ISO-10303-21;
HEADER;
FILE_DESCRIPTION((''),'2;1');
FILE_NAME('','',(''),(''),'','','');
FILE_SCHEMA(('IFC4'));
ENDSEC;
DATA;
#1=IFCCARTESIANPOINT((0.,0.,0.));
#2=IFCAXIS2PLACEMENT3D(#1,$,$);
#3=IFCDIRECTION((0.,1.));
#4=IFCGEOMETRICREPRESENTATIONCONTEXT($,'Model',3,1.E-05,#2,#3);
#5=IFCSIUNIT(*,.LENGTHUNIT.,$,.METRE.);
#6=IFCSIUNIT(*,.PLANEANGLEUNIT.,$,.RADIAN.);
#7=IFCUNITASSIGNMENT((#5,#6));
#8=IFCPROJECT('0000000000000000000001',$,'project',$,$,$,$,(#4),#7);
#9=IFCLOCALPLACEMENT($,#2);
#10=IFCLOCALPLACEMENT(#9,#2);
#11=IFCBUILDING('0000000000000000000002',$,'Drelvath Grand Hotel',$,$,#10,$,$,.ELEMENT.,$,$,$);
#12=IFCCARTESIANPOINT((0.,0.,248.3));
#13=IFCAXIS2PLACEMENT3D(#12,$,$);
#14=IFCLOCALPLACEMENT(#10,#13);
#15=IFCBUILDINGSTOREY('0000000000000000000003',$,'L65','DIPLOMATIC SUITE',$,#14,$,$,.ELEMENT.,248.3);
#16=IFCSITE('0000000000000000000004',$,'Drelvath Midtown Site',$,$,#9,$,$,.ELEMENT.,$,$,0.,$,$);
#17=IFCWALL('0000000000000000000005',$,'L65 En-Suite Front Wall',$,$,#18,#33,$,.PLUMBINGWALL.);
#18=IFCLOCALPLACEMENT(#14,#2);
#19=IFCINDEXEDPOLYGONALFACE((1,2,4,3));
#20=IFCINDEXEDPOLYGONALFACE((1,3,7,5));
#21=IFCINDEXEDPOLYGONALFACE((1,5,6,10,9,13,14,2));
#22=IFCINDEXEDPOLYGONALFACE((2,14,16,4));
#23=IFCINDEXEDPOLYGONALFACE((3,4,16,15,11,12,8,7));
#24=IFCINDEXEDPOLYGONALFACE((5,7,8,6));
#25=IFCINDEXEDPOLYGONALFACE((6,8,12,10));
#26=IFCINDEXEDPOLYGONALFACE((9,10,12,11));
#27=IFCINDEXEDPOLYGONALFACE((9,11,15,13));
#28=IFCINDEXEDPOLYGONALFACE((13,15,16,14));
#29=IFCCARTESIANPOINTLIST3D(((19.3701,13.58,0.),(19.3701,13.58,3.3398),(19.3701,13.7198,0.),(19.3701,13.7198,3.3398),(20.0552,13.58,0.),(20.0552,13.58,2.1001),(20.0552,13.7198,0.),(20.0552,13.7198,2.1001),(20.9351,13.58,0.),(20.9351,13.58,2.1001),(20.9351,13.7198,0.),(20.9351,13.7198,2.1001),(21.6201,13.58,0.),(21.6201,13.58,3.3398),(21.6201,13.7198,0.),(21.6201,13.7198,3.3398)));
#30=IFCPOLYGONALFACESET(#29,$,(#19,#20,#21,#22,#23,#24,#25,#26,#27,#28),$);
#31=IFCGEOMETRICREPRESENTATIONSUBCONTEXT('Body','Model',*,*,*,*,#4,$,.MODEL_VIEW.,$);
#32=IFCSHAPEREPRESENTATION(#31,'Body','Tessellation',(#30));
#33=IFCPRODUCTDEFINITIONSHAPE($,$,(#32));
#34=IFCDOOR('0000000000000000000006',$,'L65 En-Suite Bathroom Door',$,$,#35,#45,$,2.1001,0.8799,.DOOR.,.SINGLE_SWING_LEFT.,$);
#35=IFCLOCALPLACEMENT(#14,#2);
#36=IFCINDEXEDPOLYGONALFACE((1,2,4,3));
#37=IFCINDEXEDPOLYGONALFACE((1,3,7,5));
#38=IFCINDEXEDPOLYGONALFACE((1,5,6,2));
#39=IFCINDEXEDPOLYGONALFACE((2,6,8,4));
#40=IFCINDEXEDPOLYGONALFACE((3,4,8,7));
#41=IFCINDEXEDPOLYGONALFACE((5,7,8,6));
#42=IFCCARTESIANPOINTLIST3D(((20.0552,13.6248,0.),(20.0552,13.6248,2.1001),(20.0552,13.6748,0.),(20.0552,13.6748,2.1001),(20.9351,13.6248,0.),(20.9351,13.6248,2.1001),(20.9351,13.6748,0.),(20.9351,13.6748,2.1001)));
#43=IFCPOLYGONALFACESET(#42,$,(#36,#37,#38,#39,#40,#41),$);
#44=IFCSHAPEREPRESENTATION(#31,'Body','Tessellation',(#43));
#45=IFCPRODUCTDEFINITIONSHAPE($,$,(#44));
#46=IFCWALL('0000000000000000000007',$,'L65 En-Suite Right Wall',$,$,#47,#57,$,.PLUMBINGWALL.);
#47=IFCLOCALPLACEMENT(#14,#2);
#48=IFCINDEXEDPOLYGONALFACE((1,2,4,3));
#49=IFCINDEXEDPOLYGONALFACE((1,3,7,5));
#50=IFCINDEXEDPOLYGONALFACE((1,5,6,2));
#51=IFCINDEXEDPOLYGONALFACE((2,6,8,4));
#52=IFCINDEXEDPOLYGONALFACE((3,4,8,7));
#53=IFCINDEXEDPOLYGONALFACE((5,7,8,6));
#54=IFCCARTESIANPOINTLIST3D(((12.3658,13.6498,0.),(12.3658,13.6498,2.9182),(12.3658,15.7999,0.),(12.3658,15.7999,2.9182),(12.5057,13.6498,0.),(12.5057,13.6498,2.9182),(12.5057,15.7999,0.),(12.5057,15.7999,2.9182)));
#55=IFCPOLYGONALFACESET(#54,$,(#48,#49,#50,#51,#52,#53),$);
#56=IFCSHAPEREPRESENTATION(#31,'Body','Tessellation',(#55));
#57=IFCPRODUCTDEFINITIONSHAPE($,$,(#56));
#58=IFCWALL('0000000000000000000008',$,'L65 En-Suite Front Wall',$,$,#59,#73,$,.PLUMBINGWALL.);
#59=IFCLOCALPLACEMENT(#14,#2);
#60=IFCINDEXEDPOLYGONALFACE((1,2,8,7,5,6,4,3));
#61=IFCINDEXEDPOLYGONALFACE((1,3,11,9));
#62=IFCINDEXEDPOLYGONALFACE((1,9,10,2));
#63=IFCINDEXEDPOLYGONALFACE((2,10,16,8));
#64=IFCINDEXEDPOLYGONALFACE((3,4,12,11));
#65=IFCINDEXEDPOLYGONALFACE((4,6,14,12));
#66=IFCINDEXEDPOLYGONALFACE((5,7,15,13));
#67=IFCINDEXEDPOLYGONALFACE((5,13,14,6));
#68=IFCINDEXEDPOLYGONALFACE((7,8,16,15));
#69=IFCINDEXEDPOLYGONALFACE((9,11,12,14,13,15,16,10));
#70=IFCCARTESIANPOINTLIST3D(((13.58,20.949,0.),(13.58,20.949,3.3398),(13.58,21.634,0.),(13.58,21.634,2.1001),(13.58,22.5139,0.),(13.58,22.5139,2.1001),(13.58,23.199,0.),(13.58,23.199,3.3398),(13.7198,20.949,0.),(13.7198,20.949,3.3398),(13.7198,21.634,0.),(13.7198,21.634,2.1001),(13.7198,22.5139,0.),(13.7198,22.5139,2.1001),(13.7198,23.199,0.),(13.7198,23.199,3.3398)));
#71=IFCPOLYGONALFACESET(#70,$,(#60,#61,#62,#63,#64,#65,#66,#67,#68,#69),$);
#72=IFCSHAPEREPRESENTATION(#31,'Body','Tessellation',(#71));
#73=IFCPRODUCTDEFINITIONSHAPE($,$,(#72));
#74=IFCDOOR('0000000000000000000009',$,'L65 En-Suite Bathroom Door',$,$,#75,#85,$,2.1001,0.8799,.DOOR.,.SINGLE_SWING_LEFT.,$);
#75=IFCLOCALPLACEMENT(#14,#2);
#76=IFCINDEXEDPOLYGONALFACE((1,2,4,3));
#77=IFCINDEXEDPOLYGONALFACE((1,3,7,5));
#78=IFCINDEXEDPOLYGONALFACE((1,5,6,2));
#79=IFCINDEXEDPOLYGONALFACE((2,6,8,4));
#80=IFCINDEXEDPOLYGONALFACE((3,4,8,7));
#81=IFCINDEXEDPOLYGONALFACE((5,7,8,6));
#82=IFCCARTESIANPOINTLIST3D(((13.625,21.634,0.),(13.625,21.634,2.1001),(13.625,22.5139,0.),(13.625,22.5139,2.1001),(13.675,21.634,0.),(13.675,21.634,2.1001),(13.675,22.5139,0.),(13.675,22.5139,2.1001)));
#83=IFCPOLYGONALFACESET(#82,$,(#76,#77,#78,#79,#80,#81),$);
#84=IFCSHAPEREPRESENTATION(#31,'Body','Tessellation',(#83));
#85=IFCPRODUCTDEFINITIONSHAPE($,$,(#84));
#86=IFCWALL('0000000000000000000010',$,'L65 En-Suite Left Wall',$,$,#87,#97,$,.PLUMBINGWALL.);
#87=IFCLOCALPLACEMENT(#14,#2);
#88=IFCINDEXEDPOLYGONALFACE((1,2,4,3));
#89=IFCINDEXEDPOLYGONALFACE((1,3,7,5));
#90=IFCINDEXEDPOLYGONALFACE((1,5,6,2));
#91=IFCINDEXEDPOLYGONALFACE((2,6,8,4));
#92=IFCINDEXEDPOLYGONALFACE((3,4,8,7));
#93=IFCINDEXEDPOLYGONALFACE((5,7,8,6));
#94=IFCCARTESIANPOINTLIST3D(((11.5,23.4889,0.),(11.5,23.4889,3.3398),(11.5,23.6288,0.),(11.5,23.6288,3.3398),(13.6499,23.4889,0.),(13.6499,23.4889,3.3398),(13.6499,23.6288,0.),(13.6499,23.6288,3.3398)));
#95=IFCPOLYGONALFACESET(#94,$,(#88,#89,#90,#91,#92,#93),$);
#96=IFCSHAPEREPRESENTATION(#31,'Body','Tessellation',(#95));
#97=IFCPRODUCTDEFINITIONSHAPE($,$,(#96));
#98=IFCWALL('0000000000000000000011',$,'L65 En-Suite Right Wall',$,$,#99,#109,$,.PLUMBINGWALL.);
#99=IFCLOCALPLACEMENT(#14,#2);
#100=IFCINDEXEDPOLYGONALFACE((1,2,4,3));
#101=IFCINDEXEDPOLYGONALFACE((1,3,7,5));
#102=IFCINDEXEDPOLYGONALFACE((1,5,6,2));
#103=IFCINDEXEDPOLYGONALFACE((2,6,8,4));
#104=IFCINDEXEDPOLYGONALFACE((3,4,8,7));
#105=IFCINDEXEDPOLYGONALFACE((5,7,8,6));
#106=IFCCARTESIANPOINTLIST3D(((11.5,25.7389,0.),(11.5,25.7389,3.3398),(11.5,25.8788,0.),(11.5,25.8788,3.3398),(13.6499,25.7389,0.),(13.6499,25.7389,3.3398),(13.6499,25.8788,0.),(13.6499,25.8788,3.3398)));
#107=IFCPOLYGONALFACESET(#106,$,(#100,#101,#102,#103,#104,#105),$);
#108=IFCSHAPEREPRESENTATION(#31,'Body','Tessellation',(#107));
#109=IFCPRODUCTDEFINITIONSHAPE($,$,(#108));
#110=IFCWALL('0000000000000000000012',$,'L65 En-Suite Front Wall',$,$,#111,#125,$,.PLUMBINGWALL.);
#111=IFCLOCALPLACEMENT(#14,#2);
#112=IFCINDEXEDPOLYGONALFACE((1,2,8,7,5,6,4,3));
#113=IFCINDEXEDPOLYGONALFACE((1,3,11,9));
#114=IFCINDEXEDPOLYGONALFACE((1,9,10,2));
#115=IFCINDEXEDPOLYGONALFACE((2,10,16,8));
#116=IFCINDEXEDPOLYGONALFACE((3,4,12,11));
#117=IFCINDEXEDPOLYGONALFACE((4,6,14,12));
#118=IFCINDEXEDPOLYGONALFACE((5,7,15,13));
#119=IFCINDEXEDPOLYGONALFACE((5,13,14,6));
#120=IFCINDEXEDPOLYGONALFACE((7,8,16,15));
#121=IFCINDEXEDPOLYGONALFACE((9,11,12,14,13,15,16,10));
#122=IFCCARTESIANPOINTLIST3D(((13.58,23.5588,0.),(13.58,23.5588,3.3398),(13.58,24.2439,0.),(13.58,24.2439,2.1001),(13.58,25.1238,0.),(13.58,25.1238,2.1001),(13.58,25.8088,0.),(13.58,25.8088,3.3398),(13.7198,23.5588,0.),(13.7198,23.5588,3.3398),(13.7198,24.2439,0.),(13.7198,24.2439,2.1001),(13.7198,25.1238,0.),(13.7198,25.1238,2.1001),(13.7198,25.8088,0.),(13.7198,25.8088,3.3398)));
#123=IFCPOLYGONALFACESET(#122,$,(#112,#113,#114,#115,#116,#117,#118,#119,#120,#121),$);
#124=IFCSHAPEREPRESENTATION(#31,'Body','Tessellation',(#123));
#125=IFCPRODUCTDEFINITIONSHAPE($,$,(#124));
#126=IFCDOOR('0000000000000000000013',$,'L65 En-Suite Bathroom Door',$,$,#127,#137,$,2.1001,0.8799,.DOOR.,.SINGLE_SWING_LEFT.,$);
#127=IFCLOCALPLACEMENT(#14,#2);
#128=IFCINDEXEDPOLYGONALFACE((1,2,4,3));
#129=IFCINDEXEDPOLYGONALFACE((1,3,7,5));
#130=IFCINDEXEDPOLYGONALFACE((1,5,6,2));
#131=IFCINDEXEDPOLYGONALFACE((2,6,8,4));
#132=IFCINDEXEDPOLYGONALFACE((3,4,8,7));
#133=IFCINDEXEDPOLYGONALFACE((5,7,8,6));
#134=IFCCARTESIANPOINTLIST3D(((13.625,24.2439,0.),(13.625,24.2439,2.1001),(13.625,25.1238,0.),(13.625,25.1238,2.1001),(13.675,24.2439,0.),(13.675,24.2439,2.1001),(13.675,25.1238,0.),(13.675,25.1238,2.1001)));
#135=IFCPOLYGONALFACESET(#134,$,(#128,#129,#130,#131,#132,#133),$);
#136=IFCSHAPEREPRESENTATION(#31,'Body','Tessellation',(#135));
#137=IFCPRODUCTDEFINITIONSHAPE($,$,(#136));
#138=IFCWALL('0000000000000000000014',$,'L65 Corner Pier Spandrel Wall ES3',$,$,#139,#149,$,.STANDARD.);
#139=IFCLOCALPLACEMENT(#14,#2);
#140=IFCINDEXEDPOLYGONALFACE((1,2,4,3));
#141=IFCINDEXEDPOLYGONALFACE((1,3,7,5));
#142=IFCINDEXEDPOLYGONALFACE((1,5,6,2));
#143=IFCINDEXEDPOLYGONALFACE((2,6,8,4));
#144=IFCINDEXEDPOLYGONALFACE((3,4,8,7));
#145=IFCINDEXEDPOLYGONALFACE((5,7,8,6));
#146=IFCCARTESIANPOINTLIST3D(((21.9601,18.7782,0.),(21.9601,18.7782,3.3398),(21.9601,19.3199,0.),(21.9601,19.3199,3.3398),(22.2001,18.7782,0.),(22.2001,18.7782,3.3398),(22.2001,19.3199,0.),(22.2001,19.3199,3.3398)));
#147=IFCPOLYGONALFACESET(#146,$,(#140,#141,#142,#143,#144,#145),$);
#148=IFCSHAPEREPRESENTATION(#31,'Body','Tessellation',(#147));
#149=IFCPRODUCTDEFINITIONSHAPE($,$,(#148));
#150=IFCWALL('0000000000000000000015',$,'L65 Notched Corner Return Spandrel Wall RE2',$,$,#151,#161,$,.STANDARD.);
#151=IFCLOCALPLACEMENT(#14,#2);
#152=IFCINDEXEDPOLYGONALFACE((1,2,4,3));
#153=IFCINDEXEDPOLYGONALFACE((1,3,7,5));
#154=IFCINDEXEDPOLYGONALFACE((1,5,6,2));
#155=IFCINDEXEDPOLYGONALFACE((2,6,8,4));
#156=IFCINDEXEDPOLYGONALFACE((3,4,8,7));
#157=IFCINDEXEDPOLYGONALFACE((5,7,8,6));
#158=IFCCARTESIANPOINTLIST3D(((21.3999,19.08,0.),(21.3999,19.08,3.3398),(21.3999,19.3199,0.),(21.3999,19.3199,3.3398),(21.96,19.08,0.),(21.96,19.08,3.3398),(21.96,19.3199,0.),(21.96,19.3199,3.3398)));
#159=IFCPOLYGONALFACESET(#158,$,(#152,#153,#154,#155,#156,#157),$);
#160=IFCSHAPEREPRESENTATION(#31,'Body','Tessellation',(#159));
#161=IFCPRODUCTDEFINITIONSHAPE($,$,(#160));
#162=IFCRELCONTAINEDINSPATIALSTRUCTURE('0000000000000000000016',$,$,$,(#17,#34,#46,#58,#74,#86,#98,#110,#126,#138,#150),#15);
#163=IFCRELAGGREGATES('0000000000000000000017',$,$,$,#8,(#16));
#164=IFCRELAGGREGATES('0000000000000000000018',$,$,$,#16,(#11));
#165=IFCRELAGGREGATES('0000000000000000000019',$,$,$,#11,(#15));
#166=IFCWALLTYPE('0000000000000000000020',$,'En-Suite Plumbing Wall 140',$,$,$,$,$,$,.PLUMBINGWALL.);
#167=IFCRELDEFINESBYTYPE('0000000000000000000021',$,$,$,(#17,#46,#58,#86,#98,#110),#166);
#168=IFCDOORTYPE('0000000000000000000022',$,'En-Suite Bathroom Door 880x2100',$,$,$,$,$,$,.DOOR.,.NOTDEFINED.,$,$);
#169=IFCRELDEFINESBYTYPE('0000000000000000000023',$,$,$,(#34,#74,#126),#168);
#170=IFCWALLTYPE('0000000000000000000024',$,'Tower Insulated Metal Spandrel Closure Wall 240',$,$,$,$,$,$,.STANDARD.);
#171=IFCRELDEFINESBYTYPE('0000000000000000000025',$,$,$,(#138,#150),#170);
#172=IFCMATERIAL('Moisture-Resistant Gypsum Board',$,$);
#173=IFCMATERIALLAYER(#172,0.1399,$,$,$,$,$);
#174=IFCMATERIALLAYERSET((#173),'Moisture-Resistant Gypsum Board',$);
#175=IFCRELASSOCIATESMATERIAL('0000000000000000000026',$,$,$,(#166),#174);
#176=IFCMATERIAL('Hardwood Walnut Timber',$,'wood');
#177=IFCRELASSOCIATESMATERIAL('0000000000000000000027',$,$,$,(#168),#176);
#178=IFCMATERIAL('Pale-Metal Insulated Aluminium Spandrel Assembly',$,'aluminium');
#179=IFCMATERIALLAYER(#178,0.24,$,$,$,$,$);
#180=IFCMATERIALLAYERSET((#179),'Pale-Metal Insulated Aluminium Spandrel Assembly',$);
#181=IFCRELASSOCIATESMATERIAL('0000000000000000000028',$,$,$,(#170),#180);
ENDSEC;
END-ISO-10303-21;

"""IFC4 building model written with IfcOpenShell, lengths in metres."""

from ifc_helpers import new_model, si_unit, direction, frame, frame_2d, origin, place, context, subcontext, project, spatial, rectangle, extrude, material, layer, layer_set, type_object, element, fill, save


model = new_model("IFC4")

# Units and contexts
model_context = context("Model", 3, precision=1e-05, world=origin(), true_north=direction((0.0, 1.0)))
body_context = subcontext(model_context, "Body", "Model", "MODEL_VIEW")
ifc_project = project(units=[si_unit("LENGTHUNIT", "METRE"), si_unit("PLANEANGLEUNIT", "RADIAN")], contexts=[model_context])

# Site, building, storey
site_placement = place(None, origin())
site = spatial("IfcSite", under=ifc_project, at=site_placement, Name="Drelvath Midtown Site", CompositionType="ELEMENT", RefElevation=0.0)
building_placement = place(site_placement, origin())
building = spatial("IfcBuilding", under=site, at=building_placement, Name="Drelvath Grand Hotel", CompositionType="ELEMENT")
storey_placement = place(building_placement, frame((0.0, 0.0, 248.3)))
storey = spatial("IfcBuildingStorey", under=building, at=storey_placement, Name="L65", Description="DIPLOMATIC SUITE", CompositionType="ELEMENT", Elevation=248.3)

# Shared definitions
ifc_material_1 = material(Name="Moisture-Resistant Gypsum Board")
ifc_layer_1 = layer(ifc_material_1, 0.1399)
ifc_layer_set_1 = layer_set([ifc_layer_1], Name="Moisture-Resistant Gypsum Board")
wall_type_1 = type_object("IfcWallType", Name="En-Suite Plumbing Wall 140", PredefinedType="PLUMBINGWALL", material=ifc_layer_set_1)

# Wall, opening, door
wall_1_placement = place(storey_placement, frame((19.3701, 13.6499, 0.0), z_axis=(0.0, 0.0, 1.0), x_axis=(1.0, 0.0, 0.0)))
wall_1 = element("IfcWall", 1, at=wall_1_placement, inside=storey, type_object=wall_type_1, Name="L65 En-Suite Front Wall", PredefinedType="PLUMBINGWALL", context=body_context, shape_type="SweptSolid", body=[
    extrude(rectangle(XDim=2.25, YDim=0.1399, at=frame_2d((1.125, 0.0))), origin(), (0.0, 0.0, 1.0), 3.3398),
])
opening_1_placement = place(wall_1_placement, frame((0.6851, 0.0, 0.0)))
opening_1 = element("IfcOpeningElement", 2, at=opening_1_placement, cuts=wall_1, PredefinedType="OPENING", context=body_context, shape_type="SweptSolid", body=[
    extrude(rectangle(XDim=0.8799, YDim=2.1001, at=frame_2d((0.4399, 1.05))), frame((0.0, 0.0798, 0.0), z_axis=(0.0, -1.0, 0.0), x_axis=(1.0, 0.0, 0.0)), (0.0, 0.0, 1.0), 0.1599),
])
ifc_material_2 = material(Name="Hardwood Walnut Timber", Category="wood")
door_type = type_object("IfcDoorType", Name="En-Suite Bathroom Door 880x2100", OperationType="NOTDEFINED", PredefinedType="DOOR", material=ifc_material_2)
door_1_placement = place(opening_1_placement, origin())
door_1 = element("IfcDoor", 3, at=door_1_placement, inside=storey, type_object=door_type, Name="L65 En-Suite Bathroom Door", OperationType="SINGLE_SWING_LEFT", OverallHeight=2.1001, OverallWidth=0.8799, PredefinedType="DOOR", context=body_context, shape_type="SweptSolid", body=[
    extrude(rectangle(XDim=0.8799, YDim=2.1001, at=frame_2d((0.4399, 1.05))), frame((0.0, 0.0249, 0.0), z_axis=(0.0, -1.0, 0.0), x_axis=(1.0, 0.0, 0.0)), (0.0, 0.0, 1.0), 0.05),
])
fill(opening_1, door_1)

# Wall
wall_2_placement = place(storey_placement, frame((12.4358, 15.8, 0.0), z_axis=(0.0, 0.0, 1.0), x_axis=(0.0, -1.0, 0.0)))
element("IfcWall", 4, at=wall_2_placement, inside=storey, type_object=wall_type_1, Name="L65 En-Suite Right Wall", PredefinedType="PLUMBINGWALL", context=body_context, shape_type="SweptSolid", body=[
    extrude(rectangle(XDim=2.1501, YDim=0.1399, at=frame_2d((1.0752, 0.0))), origin(), (0.0, 0.0, 1.0), 2.9182),
])

# Wall, opening, door
wall_3_placement = place(storey_placement, frame((13.6499, 20.949, 0.0), z_axis=(0.0, 0.0, 1.0), x_axis=(0.0, 1.0, 0.0)))
wall_3 = element("IfcWall", 5, at=wall_3_placement, inside=storey, type_object=wall_type_1, Name="L65 En-Suite Front Wall", PredefinedType="PLUMBINGWALL", context=body_context, shape_type="SweptSolid", body=[
    extrude(rectangle(XDim=2.25, YDim=0.1399, at=frame_2d((1.125, 0.0))), origin(), (0.0, 0.0, 1.0), 3.3398),
])
opening_2_placement = place(wall_3_placement, frame((0.6851, 0.0, 0.0)))
opening_2 = element("IfcOpeningElement", 6, at=opening_2_placement, cuts=wall_3, PredefinedType="OPENING", context=body_context, shape_type="SweptSolid", body=[
    extrude(rectangle(XDim=0.8799, YDim=2.1001, at=frame_2d((0.4399, 1.05))), frame((0.0, 0.0798, 0.0), z_axis=(0.0, -1.0, 0.0), x_axis=(1.0, 0.0, 0.0)), (0.0, 0.0, 1.0), 0.1599),
])
door_2_placement = place(opening_2_placement, origin())
door_2 = element("IfcDoor", 7, at=door_2_placement, inside=storey, type_object=door_type, Name="L65 En-Suite Bathroom Door", OperationType="SINGLE_SWING_LEFT", OverallHeight=2.1001, OverallWidth=0.8799, PredefinedType="DOOR", context=body_context, shape_type="SweptSolid", body=[
    extrude(rectangle(XDim=0.8799, YDim=2.1001, at=frame_2d((0.4399, 1.05))), frame((0.0, 0.0249, 0.0), z_axis=(0.0, -1.0, 0.0), x_axis=(1.0, 0.0, 0.0)), (0.0, 0.0, 1.0), 0.05),
])
fill(opening_2, door_2)

# Walls
for number, where, z_axis, x_axis, name in (
    (8, (11.5, 23.5588, 0.0), (0.0, 0.0, 1.0), (1.0, 0.0, 0.0), "L65 En-Suite Left Wall"),
    (9, (11.5, 25.8088, 0.0), (0.0, 0.0, 1.0), (1.0, 0.0, 0.0), "L65 En-Suite Right Wall"),
):
    element("IfcWall", number, at=place(storey_placement, frame(where, z_axis=z_axis, x_axis=x_axis)), inside=storey, type_object=wall_type_1, Name=name, PredefinedType="PLUMBINGWALL", context=body_context, shape_type="SweptSolid", body=[
        extrude(rectangle(XDim=2.1499, YDim=0.1399, at=frame_2d((1.075, 0.0))), origin(), (0.0, 0.0, 1.0), 3.3398),
    ])

# Wall, opening, door
wall_4_placement = place(storey_placement, frame((13.6499, 23.5588, 0.0), z_axis=(0.0, 0.0, 1.0), x_axis=(0.0, 1.0, 0.0)))
wall_4 = element("IfcWall", 10, at=wall_4_placement, inside=storey, type_object=wall_type_1, Name="L65 En-Suite Front Wall", PredefinedType="PLUMBINGWALL", context=body_context, shape_type="SweptSolid", body=[
    extrude(rectangle(XDim=2.25, YDim=0.1399, at=frame_2d((1.125, 0.0))), origin(), (0.0, 0.0, 1.0), 3.3398),
])
opening_3_placement = place(wall_4_placement, frame((0.6851, 0.0, 0.0)))
opening_3 = element("IfcOpeningElement", 11, at=opening_3_placement, cuts=wall_4, PredefinedType="OPENING", context=body_context, shape_type="SweptSolid", body=[
    extrude(rectangle(XDim=0.8799, YDim=2.1001, at=frame_2d((0.4399, 1.05))), frame((0.0, 0.0798, 0.0), z_axis=(0.0, -1.0, 0.0), x_axis=(1.0, 0.0, 0.0)), (0.0, 0.0, 1.0), 0.1599),
])
door_3_placement = place(opening_3_placement, origin())
door_3 = element("IfcDoor", 12, at=door_3_placement, inside=storey, type_object=door_type, Name="L65 En-Suite Bathroom Door", OperationType="SINGLE_SWING_LEFT", OverallHeight=2.1001, OverallWidth=0.8799, PredefinedType="DOOR", context=body_context, shape_type="SweptSolid", body=[
    extrude(rectangle(XDim=0.8799, YDim=2.1001, at=frame_2d((0.4399, 1.05))), frame((0.0, 0.0249, 0.0), z_axis=(0.0, -1.0, 0.0), x_axis=(1.0, 0.0, 0.0)), (0.0, 0.0, 1.0), 0.05),
])
fill(opening_3, door_3)

# Walls
ifc_material_3 = material(Name="Pale-Metal Insulated Aluminium Spandrel Assembly", Category="aluminium")
ifc_layer_2 = layer(ifc_material_3, 0.24)
ifc_layer_set_2 = layer_set([ifc_layer_2], Name="Pale-Metal Insulated Aluminium Spandrel Assembly")
wall_type_2 = type_object("IfcWallType", Name="Tower Insulated Metal Spandrel Closure Wall 240", PredefinedType="STANDARD", material=ifc_layer_set_2)
wall_5_placement = place(storey_placement, frame((22.0801, 19.3201, 0.0), z_axis=(0.0, 0.0, 1.0), x_axis=(0.0, -1.0, 0.0)))
element("IfcWall", 13, at=wall_5_placement, inside=storey, type_object=wall_type_2, Name="L65 Corner Pier Spandrel Wall ES3", PredefinedType="STANDARD", context=body_context, shape_type="SweptSolid", body=[
    extrude(rectangle(XDim=0.5417, YDim=0.24, at=frame_2d((0.271, 0.0))), origin(), (0.0, 0.0, 1.0), 3.3398),
])
wall_6_placement = place(storey_placement, frame((21.3999, 19.2, 0.0), z_axis=(0.0, 0.0, 1.0), x_axis=(1.0, 0.0, 0.0)))
element("IfcWall", 14, at=wall_6_placement, inside=storey, type_object=wall_type_2, Name="L65 Notched Corner Return Spandrel Wall RE2", PredefinedType="STANDARD", context=body_context, shape_type="SweptSolid", body=[
    extrude(rectangle(XDim=0.5601, YDim=0.24, at=frame_2d((0.28, 0.0))), origin(), (0.0, 0.0, 1.0), 3.3398),
])

save(model, "model.ifc")
